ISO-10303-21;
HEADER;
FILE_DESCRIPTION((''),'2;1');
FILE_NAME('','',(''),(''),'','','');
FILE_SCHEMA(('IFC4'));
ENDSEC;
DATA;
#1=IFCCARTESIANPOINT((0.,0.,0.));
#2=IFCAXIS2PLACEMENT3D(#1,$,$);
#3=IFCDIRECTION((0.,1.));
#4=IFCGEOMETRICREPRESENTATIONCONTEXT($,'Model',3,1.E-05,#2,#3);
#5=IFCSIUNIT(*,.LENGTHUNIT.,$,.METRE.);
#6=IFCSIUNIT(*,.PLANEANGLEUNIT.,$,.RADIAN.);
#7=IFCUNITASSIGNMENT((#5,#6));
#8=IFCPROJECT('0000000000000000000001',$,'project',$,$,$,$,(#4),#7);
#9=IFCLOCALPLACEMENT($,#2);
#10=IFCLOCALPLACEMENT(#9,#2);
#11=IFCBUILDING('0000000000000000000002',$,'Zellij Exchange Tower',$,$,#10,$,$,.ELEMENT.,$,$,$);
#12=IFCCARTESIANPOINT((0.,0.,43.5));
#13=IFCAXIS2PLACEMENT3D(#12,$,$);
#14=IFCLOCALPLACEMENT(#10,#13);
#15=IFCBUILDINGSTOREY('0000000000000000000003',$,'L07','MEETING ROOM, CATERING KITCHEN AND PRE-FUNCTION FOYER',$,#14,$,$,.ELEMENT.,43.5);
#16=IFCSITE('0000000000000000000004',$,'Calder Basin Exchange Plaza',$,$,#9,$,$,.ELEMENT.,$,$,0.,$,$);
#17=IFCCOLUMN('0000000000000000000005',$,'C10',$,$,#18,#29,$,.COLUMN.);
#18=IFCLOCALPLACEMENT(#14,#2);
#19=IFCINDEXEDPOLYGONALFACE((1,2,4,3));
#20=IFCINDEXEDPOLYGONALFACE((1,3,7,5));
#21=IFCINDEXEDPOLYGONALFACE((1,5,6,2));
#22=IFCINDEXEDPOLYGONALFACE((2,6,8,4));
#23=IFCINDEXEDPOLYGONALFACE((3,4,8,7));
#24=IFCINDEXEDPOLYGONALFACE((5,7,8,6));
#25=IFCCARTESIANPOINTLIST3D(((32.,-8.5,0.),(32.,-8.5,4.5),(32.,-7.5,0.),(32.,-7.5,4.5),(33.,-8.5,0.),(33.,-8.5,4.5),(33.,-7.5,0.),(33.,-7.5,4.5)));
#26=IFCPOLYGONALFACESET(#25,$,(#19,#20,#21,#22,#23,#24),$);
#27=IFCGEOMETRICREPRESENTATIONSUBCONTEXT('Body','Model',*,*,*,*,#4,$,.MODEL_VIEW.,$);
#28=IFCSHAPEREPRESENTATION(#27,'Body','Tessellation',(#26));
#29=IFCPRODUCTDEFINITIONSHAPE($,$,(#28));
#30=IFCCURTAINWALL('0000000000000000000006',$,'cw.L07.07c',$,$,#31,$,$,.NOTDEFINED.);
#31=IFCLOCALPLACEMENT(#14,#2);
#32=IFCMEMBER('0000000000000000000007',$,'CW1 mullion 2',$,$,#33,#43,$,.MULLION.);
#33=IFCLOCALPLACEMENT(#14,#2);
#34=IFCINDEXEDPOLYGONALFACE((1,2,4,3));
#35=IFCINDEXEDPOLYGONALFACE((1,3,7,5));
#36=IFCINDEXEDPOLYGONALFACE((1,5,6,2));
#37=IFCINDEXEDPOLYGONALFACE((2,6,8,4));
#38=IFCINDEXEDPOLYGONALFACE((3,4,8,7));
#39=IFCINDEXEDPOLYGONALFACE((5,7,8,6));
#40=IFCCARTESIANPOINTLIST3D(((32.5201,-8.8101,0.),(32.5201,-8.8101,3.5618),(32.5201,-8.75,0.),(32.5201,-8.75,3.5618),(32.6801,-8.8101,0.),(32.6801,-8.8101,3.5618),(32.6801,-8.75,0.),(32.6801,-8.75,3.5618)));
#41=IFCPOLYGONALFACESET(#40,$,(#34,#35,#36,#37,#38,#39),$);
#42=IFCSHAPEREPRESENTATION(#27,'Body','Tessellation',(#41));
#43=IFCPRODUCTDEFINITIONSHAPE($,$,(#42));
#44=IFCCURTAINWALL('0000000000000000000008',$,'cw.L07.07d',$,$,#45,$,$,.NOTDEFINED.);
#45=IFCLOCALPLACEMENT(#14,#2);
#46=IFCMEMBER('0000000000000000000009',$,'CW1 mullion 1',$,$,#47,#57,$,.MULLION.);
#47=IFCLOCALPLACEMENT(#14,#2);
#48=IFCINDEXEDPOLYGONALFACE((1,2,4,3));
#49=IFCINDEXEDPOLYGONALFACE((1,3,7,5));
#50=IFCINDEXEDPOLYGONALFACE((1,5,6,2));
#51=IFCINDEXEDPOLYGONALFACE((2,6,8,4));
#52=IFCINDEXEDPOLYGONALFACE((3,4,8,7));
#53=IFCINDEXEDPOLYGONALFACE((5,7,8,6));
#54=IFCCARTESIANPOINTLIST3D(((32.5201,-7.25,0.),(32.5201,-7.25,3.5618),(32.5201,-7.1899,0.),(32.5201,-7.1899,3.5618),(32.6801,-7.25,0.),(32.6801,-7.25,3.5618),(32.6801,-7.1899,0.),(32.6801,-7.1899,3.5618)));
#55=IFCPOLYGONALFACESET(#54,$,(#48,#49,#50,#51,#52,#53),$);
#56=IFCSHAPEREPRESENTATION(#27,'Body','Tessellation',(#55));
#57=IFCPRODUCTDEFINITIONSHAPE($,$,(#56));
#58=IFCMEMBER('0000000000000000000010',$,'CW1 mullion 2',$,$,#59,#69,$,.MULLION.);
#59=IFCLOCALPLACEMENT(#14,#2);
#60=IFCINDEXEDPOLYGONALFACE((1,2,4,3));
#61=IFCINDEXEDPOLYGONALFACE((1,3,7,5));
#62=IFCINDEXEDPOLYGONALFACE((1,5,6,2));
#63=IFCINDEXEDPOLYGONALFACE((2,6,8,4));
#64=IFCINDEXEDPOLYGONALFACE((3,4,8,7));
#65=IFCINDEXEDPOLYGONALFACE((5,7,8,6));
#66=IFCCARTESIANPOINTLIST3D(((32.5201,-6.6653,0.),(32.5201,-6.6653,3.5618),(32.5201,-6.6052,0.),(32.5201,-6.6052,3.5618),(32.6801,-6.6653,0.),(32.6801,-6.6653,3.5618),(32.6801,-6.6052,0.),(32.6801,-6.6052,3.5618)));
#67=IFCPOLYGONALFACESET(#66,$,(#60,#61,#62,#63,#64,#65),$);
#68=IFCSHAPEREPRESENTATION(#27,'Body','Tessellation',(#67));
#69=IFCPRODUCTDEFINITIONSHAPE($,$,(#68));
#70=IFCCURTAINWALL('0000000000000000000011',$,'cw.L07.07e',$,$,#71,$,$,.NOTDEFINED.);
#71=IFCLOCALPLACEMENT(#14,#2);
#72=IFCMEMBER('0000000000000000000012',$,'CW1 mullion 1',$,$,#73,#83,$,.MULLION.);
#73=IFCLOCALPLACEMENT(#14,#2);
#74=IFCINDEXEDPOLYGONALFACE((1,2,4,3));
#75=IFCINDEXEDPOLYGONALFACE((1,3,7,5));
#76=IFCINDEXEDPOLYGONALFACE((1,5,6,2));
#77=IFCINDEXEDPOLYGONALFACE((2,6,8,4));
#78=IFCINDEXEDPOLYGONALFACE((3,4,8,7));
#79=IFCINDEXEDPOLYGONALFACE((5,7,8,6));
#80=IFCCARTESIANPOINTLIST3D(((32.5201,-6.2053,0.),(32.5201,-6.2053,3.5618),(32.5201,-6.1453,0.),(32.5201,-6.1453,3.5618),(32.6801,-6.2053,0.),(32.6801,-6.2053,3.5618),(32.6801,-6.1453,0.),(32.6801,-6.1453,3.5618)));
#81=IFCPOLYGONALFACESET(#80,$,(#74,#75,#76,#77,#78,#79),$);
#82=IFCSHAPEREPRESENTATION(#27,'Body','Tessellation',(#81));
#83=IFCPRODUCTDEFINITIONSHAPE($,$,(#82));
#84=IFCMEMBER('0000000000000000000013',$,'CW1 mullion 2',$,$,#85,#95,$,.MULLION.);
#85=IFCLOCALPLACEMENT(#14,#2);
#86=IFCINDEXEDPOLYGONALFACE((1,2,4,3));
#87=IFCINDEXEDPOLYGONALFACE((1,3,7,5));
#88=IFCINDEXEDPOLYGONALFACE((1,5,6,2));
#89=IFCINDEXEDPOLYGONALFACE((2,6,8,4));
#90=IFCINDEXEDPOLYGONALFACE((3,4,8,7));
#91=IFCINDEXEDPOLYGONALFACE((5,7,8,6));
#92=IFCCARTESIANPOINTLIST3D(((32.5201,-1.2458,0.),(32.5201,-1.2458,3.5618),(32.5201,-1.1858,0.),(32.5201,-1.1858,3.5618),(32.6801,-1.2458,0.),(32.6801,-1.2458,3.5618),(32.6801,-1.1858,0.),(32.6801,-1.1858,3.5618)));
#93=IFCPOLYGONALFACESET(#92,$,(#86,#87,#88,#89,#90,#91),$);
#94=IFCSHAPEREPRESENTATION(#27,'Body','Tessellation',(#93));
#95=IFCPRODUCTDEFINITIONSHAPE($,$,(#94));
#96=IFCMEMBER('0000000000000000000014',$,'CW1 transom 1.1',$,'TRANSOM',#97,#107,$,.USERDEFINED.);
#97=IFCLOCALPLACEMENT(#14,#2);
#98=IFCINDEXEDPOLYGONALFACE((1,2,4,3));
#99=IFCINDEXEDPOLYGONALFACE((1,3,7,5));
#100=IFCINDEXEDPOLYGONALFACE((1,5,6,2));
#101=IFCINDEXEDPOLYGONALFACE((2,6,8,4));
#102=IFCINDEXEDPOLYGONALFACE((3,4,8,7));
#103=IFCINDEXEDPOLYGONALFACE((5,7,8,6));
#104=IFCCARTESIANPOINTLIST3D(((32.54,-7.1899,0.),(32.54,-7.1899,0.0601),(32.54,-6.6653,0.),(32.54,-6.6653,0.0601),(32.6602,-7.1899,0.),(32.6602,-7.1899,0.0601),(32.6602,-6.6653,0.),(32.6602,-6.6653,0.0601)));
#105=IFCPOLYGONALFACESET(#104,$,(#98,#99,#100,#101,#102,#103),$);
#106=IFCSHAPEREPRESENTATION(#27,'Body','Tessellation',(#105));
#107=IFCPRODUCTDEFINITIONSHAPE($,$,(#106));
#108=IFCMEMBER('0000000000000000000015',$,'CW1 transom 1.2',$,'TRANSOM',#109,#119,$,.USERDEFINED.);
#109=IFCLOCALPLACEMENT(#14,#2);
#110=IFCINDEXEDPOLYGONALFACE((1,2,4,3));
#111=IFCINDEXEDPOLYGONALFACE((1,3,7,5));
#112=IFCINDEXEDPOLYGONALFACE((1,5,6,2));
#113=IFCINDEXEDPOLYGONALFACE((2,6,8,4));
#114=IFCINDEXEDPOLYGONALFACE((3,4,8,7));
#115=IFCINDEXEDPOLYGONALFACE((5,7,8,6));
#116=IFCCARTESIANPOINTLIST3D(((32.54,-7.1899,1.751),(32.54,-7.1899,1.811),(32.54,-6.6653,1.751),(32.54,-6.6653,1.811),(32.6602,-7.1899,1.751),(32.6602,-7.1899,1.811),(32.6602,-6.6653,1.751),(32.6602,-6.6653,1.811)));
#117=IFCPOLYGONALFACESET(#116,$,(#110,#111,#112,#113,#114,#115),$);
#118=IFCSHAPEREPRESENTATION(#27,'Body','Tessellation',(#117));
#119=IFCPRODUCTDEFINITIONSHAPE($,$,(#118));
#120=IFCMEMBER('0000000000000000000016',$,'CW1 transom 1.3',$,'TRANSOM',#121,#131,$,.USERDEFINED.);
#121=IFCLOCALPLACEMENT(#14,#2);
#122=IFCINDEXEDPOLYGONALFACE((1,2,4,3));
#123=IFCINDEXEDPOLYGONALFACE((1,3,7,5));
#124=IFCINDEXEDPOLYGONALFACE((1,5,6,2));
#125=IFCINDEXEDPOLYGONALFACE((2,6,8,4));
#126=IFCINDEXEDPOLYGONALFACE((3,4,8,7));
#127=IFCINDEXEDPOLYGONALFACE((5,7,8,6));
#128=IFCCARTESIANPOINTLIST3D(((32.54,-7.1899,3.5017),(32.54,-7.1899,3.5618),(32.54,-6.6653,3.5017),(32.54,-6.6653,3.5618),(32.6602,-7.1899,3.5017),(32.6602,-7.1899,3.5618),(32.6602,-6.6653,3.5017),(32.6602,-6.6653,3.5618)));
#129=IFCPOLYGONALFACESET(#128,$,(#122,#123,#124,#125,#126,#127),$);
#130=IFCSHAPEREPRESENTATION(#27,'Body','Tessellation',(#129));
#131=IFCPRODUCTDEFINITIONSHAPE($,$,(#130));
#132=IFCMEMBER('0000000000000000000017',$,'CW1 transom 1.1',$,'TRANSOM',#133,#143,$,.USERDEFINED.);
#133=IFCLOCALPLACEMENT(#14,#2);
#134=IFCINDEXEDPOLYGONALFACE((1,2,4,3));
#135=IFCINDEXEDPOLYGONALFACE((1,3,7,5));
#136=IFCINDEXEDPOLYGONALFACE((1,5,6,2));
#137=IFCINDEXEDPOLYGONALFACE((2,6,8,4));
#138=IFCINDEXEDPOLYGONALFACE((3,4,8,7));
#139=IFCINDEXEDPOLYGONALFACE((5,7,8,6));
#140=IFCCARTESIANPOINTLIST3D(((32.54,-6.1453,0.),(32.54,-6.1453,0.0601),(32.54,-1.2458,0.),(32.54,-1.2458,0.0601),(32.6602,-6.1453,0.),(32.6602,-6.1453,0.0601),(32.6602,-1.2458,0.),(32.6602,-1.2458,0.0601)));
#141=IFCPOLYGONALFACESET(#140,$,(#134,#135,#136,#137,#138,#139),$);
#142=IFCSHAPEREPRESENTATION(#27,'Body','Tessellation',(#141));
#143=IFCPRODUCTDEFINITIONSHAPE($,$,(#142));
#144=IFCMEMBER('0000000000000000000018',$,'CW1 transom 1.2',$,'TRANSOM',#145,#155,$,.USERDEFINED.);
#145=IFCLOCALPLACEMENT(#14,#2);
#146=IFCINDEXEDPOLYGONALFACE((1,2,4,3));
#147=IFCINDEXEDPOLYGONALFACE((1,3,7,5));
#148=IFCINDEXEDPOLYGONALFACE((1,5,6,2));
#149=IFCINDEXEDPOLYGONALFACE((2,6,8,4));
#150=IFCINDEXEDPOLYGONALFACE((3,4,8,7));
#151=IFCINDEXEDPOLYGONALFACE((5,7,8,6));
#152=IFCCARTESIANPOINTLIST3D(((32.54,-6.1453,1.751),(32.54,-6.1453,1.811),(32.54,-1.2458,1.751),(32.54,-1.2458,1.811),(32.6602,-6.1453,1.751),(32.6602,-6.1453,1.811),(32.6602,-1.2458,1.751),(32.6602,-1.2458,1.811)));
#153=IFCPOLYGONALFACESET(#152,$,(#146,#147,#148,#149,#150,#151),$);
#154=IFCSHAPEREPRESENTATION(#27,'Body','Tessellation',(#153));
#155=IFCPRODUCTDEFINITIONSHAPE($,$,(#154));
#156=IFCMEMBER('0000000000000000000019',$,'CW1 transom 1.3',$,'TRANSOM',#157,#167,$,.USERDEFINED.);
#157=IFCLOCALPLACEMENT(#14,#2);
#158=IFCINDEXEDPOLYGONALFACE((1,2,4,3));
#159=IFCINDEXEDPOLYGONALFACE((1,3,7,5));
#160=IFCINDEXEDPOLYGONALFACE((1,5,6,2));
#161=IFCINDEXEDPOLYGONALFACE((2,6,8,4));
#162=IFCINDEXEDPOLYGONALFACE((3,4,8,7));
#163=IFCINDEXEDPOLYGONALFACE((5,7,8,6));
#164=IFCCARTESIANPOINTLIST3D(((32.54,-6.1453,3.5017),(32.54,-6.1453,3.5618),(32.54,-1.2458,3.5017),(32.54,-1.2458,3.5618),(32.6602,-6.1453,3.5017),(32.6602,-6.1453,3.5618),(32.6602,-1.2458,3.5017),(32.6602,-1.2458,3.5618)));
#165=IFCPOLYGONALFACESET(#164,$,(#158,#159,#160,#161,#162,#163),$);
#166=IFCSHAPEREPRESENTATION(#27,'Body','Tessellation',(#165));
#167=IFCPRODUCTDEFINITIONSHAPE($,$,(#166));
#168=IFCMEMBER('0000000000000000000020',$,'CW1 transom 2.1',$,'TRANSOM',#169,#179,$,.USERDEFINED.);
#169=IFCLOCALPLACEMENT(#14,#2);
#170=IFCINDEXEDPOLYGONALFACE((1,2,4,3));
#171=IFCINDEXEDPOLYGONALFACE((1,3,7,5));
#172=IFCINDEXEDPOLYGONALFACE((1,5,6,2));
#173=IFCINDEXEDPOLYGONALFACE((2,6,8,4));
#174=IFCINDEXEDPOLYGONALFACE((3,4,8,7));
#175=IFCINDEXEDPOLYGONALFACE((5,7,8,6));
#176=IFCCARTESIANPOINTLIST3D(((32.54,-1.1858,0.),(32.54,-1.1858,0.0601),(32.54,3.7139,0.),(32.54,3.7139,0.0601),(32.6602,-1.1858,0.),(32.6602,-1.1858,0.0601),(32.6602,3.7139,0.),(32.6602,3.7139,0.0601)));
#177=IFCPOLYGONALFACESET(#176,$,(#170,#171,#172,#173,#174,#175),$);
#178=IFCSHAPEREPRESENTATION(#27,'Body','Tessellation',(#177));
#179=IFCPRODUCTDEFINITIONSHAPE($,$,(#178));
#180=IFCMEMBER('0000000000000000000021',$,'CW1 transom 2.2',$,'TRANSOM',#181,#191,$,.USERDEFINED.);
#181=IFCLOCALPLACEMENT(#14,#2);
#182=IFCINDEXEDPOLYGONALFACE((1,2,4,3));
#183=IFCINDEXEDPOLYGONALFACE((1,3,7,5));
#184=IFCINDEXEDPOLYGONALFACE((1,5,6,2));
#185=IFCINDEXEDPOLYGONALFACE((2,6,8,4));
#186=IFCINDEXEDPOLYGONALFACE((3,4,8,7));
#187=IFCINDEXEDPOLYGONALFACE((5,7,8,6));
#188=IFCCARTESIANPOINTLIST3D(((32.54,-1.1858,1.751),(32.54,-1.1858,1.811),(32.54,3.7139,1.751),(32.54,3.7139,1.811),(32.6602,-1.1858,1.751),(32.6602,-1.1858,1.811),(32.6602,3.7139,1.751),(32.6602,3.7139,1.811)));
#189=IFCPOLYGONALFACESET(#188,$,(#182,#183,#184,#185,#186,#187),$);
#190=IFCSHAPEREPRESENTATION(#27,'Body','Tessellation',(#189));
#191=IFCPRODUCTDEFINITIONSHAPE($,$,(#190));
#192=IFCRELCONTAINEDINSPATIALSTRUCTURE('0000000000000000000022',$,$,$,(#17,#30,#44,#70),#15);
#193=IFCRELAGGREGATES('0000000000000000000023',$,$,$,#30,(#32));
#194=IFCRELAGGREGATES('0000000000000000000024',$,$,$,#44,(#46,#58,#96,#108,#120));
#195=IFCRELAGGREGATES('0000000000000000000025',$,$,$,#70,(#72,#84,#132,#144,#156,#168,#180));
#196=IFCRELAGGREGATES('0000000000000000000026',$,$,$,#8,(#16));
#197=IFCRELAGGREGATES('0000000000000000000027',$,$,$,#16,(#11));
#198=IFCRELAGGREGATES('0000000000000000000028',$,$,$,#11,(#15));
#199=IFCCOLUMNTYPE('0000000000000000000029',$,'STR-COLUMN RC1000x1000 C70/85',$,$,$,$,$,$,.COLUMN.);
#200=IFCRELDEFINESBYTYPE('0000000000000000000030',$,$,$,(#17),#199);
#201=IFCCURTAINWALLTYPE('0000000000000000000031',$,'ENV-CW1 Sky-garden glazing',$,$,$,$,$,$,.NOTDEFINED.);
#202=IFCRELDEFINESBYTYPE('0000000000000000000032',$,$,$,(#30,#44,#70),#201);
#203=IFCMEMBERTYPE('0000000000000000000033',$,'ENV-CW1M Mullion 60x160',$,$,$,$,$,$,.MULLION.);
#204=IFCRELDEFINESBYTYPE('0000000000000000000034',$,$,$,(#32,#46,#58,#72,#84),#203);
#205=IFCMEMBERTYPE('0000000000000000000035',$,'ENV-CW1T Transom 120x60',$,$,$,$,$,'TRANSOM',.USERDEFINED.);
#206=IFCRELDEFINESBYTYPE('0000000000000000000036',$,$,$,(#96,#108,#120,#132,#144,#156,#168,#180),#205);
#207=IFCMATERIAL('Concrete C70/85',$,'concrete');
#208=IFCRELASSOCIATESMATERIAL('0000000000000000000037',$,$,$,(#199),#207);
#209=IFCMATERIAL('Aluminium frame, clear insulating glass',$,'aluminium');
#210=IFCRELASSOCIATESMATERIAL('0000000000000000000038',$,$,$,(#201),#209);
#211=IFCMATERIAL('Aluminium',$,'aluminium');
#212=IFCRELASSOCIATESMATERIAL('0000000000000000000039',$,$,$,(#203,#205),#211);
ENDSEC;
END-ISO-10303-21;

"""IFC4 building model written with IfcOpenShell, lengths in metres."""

from ifc_helpers import new_model, si_unit, direction, frame, origin, origin_2d, place, context, subcontext, project, spatial, rectangle, extrude, material, material_profile, profile_set, type_object, element, aggregate, save


model = new_model("IFC4")

# Units and contexts
model_context = context("Model", 3, precision=1e-05, world=origin(), true_north=direction((0.0, 1.0)))
body_context = subcontext(model_context, "Body", "Model", "MODEL_VIEW")
ifc_project = project(units=[si_unit("LENGTHUNIT", "METRE"), si_unit("PLANEANGLEUNIT", "RADIAN")], contexts=[model_context])

# Site, building, storey
site_placement = place(None, origin())
site = spatial("IfcSite", under=ifc_project, at=site_placement, Name="Calder Basin Exchange Plaza", CompositionType="ELEMENT", RefElevation=0.0)
building_placement = place(site_placement, origin())
building = spatial("IfcBuilding", under=site, at=building_placement, Name="Zellij Exchange Tower", CompositionType="ELEMENT")
storey_placement = place(building_placement, frame((0.0, 0.0, 43.5)))
storey = spatial("IfcBuildingStorey", under=building, at=storey_placement, Name="L07", Description="MEETING ROOM, CATERING KITCHEN AND PRE-FUNCTION FOYER", CompositionType="ELEMENT", Elevation=43.5)

# Column
ifc_material_1 = material(Name="Concrete C70/85", Category="concrete")
ifc_material_profile_1 = material_profile(ifc_material_1, rectangle(XDim=1.0, YDim=1.0, at=origin_2d()), Name="STR-COLUMN RC1000x1000 C70/85")
ifc_profile_set_1 = profile_set([ifc_material_profile_1], Name="Concrete C70/85")
column_type = type_object("IfcColumnType", Name="STR-COLUMN RC1000x1000 C70/85", PredefinedType="COLUMN", material=ifc_profile_set_1)
column_placement = place(storey_placement, frame((32.5, -8.0, 0.0), z_axis=(0.0, 0.0, 1.0), x_axis=(1.0, 0.0, 0.0)))
element("IfcColumn", 1, at=column_placement, inside=storey, type_object=column_type, Name="C10", PredefinedType="COLUMN", context=body_context, shape_type="SweptSolid", body=[
    extrude(rectangle(XDim=1.0, YDim=1.0, at=origin_2d()), origin(), (0.0, 0.0, 1.0), 4.5),
])

# Curtain wall, member
ifc_material_2 = material(Name="Aluminium frame, clear insulating glass", Category="aluminium")
curtain_wall_type = type_object("IfcCurtainWallType", Name="ENV-CW1 Sky-garden glazing", PredefinedType="NOTDEFINED", material=ifc_material_2)
curtain_wall_1_placement = place(storey_placement, origin())
curtain_wall_1 = element("IfcCurtainWall", 2, at=curtain_wall_1_placement, inside=storey, type_object=curtain_wall_type, Name="cw.L07.07c", PredefinedType="NOTDEFINED")
ifc_material_3 = material(Name="Aluminium", Category="aluminium")
ifc_material_profile_2 = material_profile(ifc_material_3, rectangle(XDim=0.0601, YDim=0.1599, at=origin_2d()), Name="AL 60x160")
ifc_profile_set_2 = profile_set([ifc_material_profile_2], Name="Aluminium")
member_type_1 = type_object("IfcMemberType", Name="ENV-CW1M Mullion 60x160", PredefinedType="MULLION", material=ifc_profile_set_2)
member_1_placement = place(storey_placement, frame((32.6001, -8.78, 0.0), z_axis=(0.0, 0.0, 1.0), x_axis=(0.0, 1.0, 0.0)))
member_1 = element("IfcMember", 3, at=member_1_placement, type_object=member_type_1, Name="CW1 mullion 2", PredefinedType="MULLION", context=body_context, shape_type="SweptSolid", body=[
    extrude(rectangle(XDim=0.0601, YDim=0.1599, at=origin_2d()), origin(), (0.0, 0.0, 1.0), 3.5618),
])
aggregate(curtain_wall_1, [member_1])

# Curtain walls, members
curtain_wall_2_placement = place(storey_placement, origin())
curtain_wall_2 = element("IfcCurtainWall", 4, at=curtain_wall_2_placement, inside=storey, type_object=curtain_wall_type, Name="cw.L07.07d", PredefinedType="NOTDEFINED")
member_2_placement = place(storey_placement, frame((32.6001, -7.22, 0.0), z_axis=(0.0, 0.0, 1.0), x_axis=(0.0, 1.0, 0.0)))
member_2 = element("IfcMember", 5, at=member_2_placement, type_object=member_type_1, Name="CW1 mullion 1", PredefinedType="MULLION", context=body_context, shape_type="SweptSolid", body=[
    extrude(rectangle(XDim=0.0601, YDim=0.1599, at=origin_2d()), origin(), (0.0, 0.0, 1.0), 3.5618),
])
member_3_placement = place(storey_placement, frame((32.6001, -6.6353, 0.0), z_axis=(0.0, 0.0, 1.0), x_axis=(0.0, 1.0, 0.0)))
member_3 = element("IfcMember", 6, at=member_3_placement, type_object=member_type_1, Name="CW1 mullion 2", PredefinedType="MULLION", context=body_context, shape_type="SweptSolid", body=[
    extrude(rectangle(XDim=0.0601, YDim=0.1599, at=origin_2d()), origin(), (0.0, 0.0, 1.0), 3.5618),
])
curtain_wall_3_placement = place(storey_placement, origin())
curtain_wall_3 = element("IfcCurtainWall", 7, at=curtain_wall_3_placement, inside=storey, type_object=curtain_wall_type, Name="cw.L07.07e", PredefinedType="NOTDEFINED")
member_4_placement = place(storey_placement, frame((32.6001, -6.1753, 0.0), z_axis=(0.0, 0.0, 1.0), x_axis=(0.0, 1.0, 0.0)))
member_4 = element("IfcMember", 8, at=member_4_placement, type_object=member_type_1, Name="CW1 mullion 1", PredefinedType="MULLION", context=body_context, shape_type="SweptSolid", body=[
    extrude(rectangle(XDim=0.0601, YDim=0.1599, at=origin_2d()), origin(), (0.0, 0.0, 1.0), 3.5618),
])
member_5_placement = place(storey_placement, frame((32.6001, -1.2158, 0.0), z_axis=(0.0, 0.0, 1.0), x_axis=(0.0, 1.0, 0.0)))
member_5 = element("IfcMember", 9, at=member_5_placement, type_object=member_type_1, Name="CW1 mullion 2", PredefinedType="MULLION", context=body_context, shape_type="SweptSolid", body=[
    extrude(rectangle(XDim=0.0601, YDim=0.1599, at=origin_2d()), origin(), (0.0, 0.0, 1.0), 3.5618),
])

# Members
ifc_material_profile_3 = material_profile(ifc_material_3, rectangle(XDim=0.1201, YDim=0.0601, at=origin_2d()), Name="AL 120x60")
ifc_profile_set_3 = profile_set([ifc_material_profile_3], Name="Aluminium")
member_type_2 = type_object("IfcMemberType", Name="ENV-CW1T Transom 120x60", ElementType="TRANSOM", PredefinedType="USERDEFINED", material=ifc_profile_set_3)
member_6_placement = place(storey_placement, frame((32.6001, -7.1899, 0.03), z_axis=(0.0, 1.0, 0.0), x_axis=(-1.0, 0.0, 0.0)))
member_6 = element("IfcMember", 10, at=member_6_placement, type_object=member_type_2, Name="CW1 transom 1.1", ObjectType="TRANSOM", PredefinedType="USERDEFINED", context=body_context, shape_type="SweptSolid", body=[
    extrude(rectangle(XDim=0.1201, YDim=0.0601, at=origin_2d()), origin(), (0.0, 0.0, 1.0), 0.5247),
])
member_7_placement = place(storey_placement, frame((32.6001, -7.1899, 1.781), z_axis=(0.0, 1.0, 0.0), x_axis=(-1.0, 0.0, 0.0)))
member_7 = element("IfcMember", 11, at=member_7_placement, type_object=member_type_2, Name="CW1 transom 1.2", ObjectType="TRANSOM", PredefinedType="USERDEFINED", context=body_context, shape_type="SweptSolid", body=[
    extrude(rectangle(XDim=0.1201, YDim=0.0601, at=origin_2d()), origin(), (0.0, 0.0, 1.0), 0.5247),
])
member_8_placement = place(storey_placement, frame((32.6001, -7.1899, 3.5317), z_axis=(0.0, 1.0, 0.0), x_axis=(-1.0, 0.0, 0.0)))
member_8 = element("IfcMember", 12, at=member_8_placement, type_object=member_type_2, Name="CW1 transom 1.3", ObjectType="TRANSOM", PredefinedType="USERDEFINED", context=body_context, shape_type="SweptSolid", body=[
    extrude(rectangle(XDim=0.1201, YDim=0.0601, at=origin_2d()), origin(), (0.0, 0.0, 1.0), 0.5247),
])
member_9_placement = place(storey_placement, frame((32.6001, -6.1453, 0.03), z_axis=(0.0, 1.0, 0.0), x_axis=(-1.0, 0.0, 0.0)))
member_9 = element("IfcMember", 13, at=member_9_placement, type_object=member_type_2, Name="CW1 transom 1.1", ObjectType="TRANSOM", PredefinedType="USERDEFINED", context=body_context, shape_type="SweptSolid", body=[
    extrude(rectangle(XDim=0.1201, YDim=0.0601, at=origin_2d()), origin(), (0.0, 0.0, 1.0), 4.8994),
])
member_10_placement = place(storey_placement, frame((32.6001, -6.1453, 1.781), z_axis=(0.0, 1.0, 0.0), x_axis=(-1.0, 0.0, 0.0)))
member_10 = element("IfcMember", 14, at=member_10_placement, type_object=member_type_2, Name="CW1 transom 1.2", ObjectType="TRANSOM", PredefinedType="USERDEFINED", context=body_context, shape_type="SweptSolid", body=[
    extrude(rectangle(XDim=0.1201, YDim=0.0601, at=origin_2d()), origin(), (0.0, 0.0, 1.0), 4.8994),
])
member_11_placement = place(storey_placement, frame((32.6001, -6.1453, 3.5317), z_axis=(0.0, 1.0, 0.0), x_axis=(-1.0, 0.0, 0.0)))
member_11 = element("IfcMember", 15, at=member_11_placement, type_object=member_type_2, Name="CW1 transom 1.3", ObjectType="TRANSOM", PredefinedType="USERDEFINED", context=body_context, shape_type="SweptSolid", body=[
    extrude(rectangle(XDim=0.1201, YDim=0.0601, at=origin_2d()), origin(), (0.0, 0.0, 1.0), 4.8994),
])
member_12_placement = place(storey_placement, frame((32.6001, -1.1858, 0.03), z_axis=(0.0, 1.0, 0.0), x_axis=(-1.0, 0.0, 0.0)))
member_12 = element("IfcMember", 16, at=member_12_placement, type_object=member_type_2, Name="CW1 transom 2.1", ObjectType="TRANSOM", PredefinedType="USERDEFINED", context=body_context, shape_type="SweptSolid", body=[
    extrude(rectangle(XDim=0.1201, YDim=0.0601, at=origin_2d()), origin(), (0.0, 0.0, 1.0), 4.8997),
])
member_13_placement = place(storey_placement, frame((32.6001, -1.1858, 1.781), z_axis=(0.0, 1.0, 0.0), x_axis=(-1.0, 0.0, 0.0)))
member_13 = element("IfcMember", 17, at=member_13_placement, type_object=member_type_2, Name="CW1 transom 2.2", ObjectType="TRANSOM", PredefinedType="USERDEFINED", context=body_context, shape_type="SweptSolid", body=[
    extrude(rectangle(XDim=0.1201, YDim=0.0601, at=origin_2d()), origin(), (0.0, 0.0, 1.0), 4.8997),
])

aggregate(curtain_wall_2, [member_2, member_3, member_6, member_7, member_8])
aggregate(curtain_wall_3, [member_4, member_5, member_9, member_10, member_11, member_12, member_13])

save(model, "model.ifc")
